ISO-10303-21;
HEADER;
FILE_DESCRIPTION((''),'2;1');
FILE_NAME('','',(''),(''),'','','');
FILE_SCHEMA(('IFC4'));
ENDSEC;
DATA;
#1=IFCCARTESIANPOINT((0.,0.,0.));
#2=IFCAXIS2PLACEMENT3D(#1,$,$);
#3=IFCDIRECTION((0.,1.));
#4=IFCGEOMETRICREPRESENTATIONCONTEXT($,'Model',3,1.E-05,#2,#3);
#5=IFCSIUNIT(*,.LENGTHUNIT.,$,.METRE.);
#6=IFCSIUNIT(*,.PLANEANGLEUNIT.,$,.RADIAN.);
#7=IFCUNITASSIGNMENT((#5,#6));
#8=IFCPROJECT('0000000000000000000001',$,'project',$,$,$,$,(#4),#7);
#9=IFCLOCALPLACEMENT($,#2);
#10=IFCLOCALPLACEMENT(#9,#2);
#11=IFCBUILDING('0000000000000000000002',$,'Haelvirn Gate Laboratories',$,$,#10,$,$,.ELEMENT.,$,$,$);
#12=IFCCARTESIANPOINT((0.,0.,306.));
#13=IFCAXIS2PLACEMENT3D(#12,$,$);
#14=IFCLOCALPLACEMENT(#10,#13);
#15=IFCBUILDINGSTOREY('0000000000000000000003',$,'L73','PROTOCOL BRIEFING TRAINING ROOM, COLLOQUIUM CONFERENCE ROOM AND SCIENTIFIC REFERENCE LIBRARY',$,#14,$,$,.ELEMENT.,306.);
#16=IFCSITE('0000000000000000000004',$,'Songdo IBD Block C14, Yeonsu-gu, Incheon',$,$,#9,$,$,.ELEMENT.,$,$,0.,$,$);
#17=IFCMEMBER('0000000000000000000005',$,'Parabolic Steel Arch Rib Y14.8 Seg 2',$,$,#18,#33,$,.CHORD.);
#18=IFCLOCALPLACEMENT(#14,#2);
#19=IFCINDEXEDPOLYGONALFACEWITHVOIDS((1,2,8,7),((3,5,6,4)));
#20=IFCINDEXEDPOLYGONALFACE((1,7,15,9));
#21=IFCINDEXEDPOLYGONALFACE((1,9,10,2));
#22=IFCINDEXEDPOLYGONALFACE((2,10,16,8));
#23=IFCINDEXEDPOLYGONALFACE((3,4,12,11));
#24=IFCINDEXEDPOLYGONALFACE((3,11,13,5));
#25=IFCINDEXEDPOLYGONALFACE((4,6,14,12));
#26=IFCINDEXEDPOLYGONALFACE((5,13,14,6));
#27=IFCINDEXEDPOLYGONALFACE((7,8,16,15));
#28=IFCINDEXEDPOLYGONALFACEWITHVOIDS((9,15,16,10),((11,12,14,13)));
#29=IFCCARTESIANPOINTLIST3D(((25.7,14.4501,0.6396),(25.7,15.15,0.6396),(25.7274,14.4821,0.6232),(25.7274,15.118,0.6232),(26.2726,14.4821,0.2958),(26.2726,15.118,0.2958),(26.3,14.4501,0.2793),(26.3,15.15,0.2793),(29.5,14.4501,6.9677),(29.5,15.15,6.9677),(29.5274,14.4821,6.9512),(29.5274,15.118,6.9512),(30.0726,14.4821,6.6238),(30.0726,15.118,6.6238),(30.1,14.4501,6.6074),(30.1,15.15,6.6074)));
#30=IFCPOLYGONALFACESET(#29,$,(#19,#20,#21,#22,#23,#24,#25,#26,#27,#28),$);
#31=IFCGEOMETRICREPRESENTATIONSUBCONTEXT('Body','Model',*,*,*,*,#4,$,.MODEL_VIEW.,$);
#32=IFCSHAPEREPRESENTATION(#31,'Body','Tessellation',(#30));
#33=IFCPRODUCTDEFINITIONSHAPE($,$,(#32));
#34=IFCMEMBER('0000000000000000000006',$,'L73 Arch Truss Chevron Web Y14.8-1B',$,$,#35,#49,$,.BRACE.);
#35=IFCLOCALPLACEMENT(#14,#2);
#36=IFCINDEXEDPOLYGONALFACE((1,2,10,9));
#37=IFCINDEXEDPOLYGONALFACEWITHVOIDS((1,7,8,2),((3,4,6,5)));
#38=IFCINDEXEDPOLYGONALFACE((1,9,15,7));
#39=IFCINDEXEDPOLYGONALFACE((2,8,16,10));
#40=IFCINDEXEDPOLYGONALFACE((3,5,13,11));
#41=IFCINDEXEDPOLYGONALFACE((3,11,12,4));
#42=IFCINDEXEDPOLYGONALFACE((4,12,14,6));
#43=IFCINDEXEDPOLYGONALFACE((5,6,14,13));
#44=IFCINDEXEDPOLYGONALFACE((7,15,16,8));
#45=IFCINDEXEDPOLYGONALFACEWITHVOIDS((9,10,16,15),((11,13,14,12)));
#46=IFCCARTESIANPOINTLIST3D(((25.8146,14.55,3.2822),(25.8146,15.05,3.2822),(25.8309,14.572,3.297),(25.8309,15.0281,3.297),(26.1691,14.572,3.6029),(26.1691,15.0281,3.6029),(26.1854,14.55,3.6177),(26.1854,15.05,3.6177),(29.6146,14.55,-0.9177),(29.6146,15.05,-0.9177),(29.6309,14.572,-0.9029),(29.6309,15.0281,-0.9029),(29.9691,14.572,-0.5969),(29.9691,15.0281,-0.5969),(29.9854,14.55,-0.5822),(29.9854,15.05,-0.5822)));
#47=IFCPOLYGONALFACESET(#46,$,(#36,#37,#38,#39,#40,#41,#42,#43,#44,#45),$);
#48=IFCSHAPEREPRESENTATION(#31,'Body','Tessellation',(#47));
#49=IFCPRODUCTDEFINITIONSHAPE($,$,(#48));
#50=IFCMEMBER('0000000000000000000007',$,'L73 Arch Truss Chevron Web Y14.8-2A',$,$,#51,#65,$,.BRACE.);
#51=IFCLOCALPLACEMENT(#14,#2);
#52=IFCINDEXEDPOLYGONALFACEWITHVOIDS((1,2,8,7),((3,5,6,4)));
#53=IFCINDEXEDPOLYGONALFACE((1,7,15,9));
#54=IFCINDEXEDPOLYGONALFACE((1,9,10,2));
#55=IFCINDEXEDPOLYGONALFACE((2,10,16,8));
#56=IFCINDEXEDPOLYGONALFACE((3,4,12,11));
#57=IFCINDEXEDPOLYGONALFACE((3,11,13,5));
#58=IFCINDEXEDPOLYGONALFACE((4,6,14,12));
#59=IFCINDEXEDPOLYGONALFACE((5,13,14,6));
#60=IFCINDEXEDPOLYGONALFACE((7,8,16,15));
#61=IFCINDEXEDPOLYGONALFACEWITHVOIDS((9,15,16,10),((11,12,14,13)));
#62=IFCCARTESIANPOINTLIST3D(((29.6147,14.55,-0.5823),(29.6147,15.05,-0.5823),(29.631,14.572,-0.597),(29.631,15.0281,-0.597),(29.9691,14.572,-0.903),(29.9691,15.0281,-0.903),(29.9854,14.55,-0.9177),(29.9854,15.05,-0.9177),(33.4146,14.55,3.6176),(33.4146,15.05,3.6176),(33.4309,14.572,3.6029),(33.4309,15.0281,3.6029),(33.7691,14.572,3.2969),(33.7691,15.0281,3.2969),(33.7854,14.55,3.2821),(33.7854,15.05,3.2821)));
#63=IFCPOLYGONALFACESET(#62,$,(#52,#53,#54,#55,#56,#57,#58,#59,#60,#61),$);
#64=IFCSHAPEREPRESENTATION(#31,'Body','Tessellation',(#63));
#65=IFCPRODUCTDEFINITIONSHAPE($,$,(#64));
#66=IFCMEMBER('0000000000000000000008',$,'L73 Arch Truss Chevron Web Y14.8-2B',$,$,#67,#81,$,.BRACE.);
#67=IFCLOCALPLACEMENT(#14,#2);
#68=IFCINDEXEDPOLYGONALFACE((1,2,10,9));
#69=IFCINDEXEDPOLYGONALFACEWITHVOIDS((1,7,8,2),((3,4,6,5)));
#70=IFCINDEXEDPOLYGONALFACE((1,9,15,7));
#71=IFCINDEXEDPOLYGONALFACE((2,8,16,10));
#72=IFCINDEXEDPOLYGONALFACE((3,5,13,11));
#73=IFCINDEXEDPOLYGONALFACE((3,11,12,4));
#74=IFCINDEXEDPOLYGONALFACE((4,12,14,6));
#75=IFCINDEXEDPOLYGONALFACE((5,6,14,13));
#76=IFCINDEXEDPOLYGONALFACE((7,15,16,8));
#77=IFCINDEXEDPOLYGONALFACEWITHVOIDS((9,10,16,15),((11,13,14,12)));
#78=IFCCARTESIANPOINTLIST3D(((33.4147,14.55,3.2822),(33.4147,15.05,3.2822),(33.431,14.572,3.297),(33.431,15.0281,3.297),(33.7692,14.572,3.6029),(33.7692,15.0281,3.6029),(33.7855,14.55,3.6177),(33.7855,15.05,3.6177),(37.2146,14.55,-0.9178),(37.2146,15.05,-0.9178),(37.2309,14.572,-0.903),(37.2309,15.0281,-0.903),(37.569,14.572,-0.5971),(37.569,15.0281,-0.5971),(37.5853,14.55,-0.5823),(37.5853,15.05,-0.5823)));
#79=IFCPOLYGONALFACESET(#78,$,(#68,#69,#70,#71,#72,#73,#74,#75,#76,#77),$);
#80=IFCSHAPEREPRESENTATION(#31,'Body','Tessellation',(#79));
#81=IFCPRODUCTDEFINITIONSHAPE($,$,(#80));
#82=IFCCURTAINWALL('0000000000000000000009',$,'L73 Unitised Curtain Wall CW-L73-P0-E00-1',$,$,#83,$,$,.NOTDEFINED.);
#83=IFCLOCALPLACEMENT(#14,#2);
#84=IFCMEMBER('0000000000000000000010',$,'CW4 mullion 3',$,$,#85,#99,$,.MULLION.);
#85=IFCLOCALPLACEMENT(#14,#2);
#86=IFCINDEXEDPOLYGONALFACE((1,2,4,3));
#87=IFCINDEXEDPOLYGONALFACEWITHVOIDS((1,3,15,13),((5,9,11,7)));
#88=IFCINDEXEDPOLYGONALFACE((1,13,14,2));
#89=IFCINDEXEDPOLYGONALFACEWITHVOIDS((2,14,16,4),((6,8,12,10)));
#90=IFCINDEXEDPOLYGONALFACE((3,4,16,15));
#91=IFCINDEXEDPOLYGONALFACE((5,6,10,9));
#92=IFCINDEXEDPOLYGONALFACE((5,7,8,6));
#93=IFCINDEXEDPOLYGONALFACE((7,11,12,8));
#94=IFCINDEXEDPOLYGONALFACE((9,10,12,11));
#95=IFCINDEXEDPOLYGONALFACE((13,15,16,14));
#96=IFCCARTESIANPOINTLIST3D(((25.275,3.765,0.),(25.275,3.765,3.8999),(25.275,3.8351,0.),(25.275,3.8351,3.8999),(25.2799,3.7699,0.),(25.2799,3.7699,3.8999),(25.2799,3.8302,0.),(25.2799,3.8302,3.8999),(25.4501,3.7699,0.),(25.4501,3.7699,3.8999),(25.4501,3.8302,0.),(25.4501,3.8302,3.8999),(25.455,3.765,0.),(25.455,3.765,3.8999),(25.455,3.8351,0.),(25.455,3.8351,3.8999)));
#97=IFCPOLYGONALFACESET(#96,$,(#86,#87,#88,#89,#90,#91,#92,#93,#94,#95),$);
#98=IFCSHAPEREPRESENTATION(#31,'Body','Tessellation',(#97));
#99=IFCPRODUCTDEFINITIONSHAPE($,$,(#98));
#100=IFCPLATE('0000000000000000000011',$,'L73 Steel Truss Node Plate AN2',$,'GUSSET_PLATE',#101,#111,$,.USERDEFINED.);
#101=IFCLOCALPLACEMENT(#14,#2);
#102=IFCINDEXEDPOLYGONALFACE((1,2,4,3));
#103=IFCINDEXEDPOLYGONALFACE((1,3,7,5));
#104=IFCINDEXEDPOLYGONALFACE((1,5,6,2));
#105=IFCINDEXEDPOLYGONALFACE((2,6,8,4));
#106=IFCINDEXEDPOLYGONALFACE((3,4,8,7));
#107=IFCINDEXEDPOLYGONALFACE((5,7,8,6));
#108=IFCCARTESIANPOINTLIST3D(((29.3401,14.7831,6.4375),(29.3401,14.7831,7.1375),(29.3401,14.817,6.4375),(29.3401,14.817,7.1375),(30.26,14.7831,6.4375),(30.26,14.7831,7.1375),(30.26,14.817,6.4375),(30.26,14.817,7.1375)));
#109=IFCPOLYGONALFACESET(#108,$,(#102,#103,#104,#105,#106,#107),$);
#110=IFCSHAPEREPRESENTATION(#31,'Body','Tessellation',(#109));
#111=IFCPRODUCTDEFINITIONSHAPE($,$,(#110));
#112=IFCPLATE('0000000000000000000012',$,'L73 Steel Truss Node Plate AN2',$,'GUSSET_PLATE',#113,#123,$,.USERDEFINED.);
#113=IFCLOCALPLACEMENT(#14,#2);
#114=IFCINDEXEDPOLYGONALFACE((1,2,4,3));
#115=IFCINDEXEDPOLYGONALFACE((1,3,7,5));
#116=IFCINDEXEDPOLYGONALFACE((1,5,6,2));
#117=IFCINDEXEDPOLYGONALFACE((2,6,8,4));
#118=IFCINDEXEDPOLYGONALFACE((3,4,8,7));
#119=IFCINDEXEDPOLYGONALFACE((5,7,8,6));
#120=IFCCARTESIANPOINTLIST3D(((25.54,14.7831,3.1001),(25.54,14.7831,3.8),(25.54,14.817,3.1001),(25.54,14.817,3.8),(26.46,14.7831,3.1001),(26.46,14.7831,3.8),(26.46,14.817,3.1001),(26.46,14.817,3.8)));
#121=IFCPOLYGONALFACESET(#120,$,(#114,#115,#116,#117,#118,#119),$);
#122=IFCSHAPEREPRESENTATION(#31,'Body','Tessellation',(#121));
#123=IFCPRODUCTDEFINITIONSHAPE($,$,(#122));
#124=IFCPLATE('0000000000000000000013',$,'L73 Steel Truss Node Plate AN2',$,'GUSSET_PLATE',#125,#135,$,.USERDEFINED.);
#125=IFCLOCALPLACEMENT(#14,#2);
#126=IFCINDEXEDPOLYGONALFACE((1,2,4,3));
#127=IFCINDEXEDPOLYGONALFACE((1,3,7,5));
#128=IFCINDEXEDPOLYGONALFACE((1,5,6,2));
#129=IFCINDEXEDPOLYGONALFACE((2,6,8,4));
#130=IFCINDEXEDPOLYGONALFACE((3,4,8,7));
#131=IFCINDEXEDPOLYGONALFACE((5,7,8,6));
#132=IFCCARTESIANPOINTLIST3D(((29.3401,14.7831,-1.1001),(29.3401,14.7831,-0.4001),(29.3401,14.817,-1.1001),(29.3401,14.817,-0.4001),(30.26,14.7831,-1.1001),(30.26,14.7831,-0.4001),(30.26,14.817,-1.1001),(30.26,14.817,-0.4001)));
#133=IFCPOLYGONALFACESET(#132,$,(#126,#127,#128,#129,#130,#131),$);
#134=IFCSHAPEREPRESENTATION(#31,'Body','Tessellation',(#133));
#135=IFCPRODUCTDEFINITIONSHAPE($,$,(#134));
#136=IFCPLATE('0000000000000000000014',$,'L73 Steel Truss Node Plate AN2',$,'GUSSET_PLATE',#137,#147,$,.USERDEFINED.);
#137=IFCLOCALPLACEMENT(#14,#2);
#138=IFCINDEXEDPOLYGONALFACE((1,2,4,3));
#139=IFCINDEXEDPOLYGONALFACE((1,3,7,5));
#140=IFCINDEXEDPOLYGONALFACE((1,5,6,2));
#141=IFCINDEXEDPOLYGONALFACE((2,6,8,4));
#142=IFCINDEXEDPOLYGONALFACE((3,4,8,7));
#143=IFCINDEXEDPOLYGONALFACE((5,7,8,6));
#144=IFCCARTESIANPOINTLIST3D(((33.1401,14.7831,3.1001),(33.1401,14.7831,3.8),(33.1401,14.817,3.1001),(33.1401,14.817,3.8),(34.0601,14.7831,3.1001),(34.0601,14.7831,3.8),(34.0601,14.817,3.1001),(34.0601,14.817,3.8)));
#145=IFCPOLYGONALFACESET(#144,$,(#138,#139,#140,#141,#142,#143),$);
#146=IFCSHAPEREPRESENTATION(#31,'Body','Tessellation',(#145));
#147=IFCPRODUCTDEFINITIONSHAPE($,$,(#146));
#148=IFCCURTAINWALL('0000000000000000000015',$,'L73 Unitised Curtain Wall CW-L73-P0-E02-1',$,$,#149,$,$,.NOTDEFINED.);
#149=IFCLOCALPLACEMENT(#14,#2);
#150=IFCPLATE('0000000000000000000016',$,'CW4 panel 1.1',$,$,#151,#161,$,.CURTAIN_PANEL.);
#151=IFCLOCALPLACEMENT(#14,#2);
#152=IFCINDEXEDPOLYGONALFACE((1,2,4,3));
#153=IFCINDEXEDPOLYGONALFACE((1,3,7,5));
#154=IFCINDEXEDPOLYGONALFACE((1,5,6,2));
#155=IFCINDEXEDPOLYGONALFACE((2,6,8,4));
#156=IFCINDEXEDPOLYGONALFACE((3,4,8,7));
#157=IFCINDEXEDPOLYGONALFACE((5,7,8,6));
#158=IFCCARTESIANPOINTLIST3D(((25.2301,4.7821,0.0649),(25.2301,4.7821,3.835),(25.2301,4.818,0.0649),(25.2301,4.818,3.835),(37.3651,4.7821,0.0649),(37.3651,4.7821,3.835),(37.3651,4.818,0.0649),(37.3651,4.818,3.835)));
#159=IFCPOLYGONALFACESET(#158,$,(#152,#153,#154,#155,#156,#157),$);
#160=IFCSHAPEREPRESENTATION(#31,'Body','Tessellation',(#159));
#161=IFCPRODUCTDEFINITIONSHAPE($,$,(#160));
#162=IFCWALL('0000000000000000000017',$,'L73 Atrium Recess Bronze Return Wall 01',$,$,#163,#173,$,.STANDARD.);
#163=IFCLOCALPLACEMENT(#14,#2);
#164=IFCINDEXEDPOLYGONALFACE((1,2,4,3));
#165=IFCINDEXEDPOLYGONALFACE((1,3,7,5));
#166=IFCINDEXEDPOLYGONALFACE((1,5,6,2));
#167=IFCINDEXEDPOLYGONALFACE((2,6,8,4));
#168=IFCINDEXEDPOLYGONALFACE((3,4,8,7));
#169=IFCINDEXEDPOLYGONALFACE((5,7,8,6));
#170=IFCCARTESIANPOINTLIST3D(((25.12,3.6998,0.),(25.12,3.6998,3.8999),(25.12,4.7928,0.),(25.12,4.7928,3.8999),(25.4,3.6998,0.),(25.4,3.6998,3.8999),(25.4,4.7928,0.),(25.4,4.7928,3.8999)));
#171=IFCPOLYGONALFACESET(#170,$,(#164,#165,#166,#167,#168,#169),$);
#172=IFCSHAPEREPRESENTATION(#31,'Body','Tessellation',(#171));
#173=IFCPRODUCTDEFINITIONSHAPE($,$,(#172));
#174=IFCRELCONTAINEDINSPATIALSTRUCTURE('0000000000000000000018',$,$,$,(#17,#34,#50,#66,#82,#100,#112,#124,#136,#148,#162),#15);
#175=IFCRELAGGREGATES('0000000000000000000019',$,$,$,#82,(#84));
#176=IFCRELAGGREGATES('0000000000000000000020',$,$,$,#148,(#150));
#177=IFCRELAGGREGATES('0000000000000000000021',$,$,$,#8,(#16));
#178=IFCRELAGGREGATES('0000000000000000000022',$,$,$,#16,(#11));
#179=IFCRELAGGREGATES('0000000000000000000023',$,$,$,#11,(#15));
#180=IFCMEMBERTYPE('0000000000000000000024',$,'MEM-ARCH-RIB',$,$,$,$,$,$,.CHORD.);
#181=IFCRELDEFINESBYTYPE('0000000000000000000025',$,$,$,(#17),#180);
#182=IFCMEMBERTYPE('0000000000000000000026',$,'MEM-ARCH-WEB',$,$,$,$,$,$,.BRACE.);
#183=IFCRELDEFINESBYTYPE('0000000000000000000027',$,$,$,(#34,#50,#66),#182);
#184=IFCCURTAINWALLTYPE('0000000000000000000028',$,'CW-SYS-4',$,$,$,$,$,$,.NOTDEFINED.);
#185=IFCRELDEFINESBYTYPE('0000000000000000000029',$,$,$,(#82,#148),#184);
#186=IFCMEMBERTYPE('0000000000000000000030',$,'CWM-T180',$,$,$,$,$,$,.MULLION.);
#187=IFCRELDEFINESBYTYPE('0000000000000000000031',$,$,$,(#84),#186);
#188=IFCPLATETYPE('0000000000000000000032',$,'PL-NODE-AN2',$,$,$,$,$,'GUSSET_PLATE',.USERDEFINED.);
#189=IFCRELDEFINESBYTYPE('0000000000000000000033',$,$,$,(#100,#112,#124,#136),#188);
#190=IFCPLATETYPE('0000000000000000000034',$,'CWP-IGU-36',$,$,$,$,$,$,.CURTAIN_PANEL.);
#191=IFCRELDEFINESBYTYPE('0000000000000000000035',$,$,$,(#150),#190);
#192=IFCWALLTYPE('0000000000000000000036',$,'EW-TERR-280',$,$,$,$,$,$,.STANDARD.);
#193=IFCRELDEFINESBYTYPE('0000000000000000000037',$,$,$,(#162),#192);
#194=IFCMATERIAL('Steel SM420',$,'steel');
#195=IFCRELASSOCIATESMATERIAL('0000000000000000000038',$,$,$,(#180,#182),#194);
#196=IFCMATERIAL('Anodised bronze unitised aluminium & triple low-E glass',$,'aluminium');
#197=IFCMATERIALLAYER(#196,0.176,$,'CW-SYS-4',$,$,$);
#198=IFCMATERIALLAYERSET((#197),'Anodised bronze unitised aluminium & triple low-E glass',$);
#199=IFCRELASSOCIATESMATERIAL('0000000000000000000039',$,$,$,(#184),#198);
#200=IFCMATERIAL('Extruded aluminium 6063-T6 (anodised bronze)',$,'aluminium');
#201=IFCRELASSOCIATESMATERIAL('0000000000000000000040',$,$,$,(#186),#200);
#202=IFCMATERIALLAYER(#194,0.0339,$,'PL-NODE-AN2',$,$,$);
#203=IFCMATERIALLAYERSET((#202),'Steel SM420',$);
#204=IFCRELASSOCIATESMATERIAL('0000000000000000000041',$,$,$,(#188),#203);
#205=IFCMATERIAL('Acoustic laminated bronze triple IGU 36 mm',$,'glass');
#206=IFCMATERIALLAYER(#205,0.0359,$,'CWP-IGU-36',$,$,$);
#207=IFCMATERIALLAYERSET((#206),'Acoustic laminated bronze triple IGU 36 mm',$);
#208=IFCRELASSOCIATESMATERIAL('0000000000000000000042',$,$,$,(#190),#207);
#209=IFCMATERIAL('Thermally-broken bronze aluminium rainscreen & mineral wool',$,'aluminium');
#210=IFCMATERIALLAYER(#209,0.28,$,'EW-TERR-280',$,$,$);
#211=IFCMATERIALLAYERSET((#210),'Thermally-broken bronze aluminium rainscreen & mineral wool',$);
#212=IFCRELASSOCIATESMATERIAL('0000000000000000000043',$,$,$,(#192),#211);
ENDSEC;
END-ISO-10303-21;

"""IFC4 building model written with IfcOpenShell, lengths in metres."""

from ifc_helpers import new_model, si_unit, direction, frame, frame_2d, origin, origin_2d, place, context, subcontext, project, spatial, rectangle, hollow_rectangle, extrude, source, transform, mapped, material, layer, layer_set, material_profile, profile_set, type_object, type_shapes, element, aggregate, save


model = new_model("IFC4")

# Units and contexts
model_context = context("Model", 3, precision=1e-05, world=origin(), true_north=direction((0.0, 1.0)))
body_context = subcontext(model_context, "Body", "Model", "MODEL_VIEW")
ifc_project = project(units=[si_unit("LENGTHUNIT", "METRE"), si_unit("PLANEANGLEUNIT", "RADIAN")], contexts=[model_context])

# Site, building, storey
site_placement = place(None, origin())
site = spatial("IfcSite", under=ifc_project, at=site_placement, Name="Songdo IBD Block C14, Yeonsu-gu, Incheon", CompositionType="ELEMENT", RefElevation=0.0)
building_placement = place(site_placement, origin())
building = spatial("IfcBuilding", under=site, at=building_placement, Name="Haelvirn Gate Laboratories", CompositionType="ELEMENT")
storey_placement = place(building_placement, frame((0.0, 0.0, 306.0)))
storey = spatial("IfcBuildingStorey", under=building, at=storey_placement, Name="L73", Description="PROTOCOL BRIEFING TRAINING ROOM, COLLOQUIUM CONFERENCE ROOM AND SCIENTIFIC REFERENCE LIBRARY", CompositionType="ELEMENT", Elevation=306.0)

# Shared definitions
ifc_material_1 = material(Name="Steel SM420", Category="steel")

# Members
ifc_material_profile_1 = material_profile(ifc_material_1, hollow_rectangle(XDim=0.7, YDim=0.7, WallThickness=0.032, at=origin_2d()), Name="BOX-700x700x32")
ifc_profile_set_1 = profile_set([ifc_material_profile_1], Name="Steel SM420")
member_type_1 = type_object("IfcMemberType", Name="MEM-ARCH-RIB", PredefinedType="CHORD", material=ifc_profile_set_1)
shared_shape_1 = source(origin(), body_context, "Body", "SweptSolid", [
    extrude(hollow_rectangle(XDim=0.7, YDim=0.7, WallThickness=0.032, at=origin_2d()), origin(), (0.0, 0.0, 1.0), 7.3813),
])
type_shapes(member_type_1, [shared_shape_1])
member_1_placement = place(storey_placement, frame((26.0, 14.8, 0.4595), z_axis=(0.514812, 0.0, 0.857303), x_axis=(0.0, 1.0, 0.0)))
element("IfcMember", 1, at=member_1_placement, inside=storey, type_object=member_type_1, Name="Parabolic Steel Arch Rib Y14.8 Seg 2", PredefinedType="CHORD", context=body_context, shape_type="MappedRepresentation", body=[
    mapped(shared_shape_1, transform((0.0, 0.0, 0.0), scale=1.0)),
])
ifc_material_profile_2 = material_profile(ifc_material_1, hollow_rectangle(XDim=0.5, YDim=0.5, WallThickness=0.022, at=origin_2d()), Name="BOX-500x500x22")
ifc_profile_set_2 = profile_set([ifc_material_profile_2], Name="Steel SM420")
member_type_2 = type_object("IfcMemberType", Name="MEM-ARCH-WEB", PredefinedType="BRACE", material=ifc_profile_set_2)
shared_shape_2 = source(origin(), body_context, "Body", "SweptSolid", [
    extrude(hollow_rectangle(XDim=0.5, YDim=0.5, WallThickness=0.022, at=origin_2d()), origin(), (0.0, 0.0, 1.0), 5.6638),
])
type_shapes(member_type_2, [shared_shape_2])
for number, where, z_axis, x_axis, name in (
    (2, (26.0, 14.8, 3.45), (0.670922, 0.0, -0.741528), (0.0, 1.0, 0.0), "L73 Arch Truss Chevron Web Y14.8-1B"),
    (3, (29.8, 14.8, -0.75), (0.670922, 0.0, 0.741528), (0.0, 1.0, 0.0), "L73 Arch Truss Chevron Web Y14.8-2A"),
    (4, (33.6001, 14.8, 3.45), (0.670899, 0.0, -0.741549), (0.0, 1.0, 0.0), "L73 Arch Truss Chevron Web Y14.8-2B"),
):
    element("IfcMember", number, at=place(storey_placement, frame(where, z_axis=z_axis, x_axis=x_axis)), inside=storey, type_object=member_type_2, Name=name, PredefinedType="BRACE", context=body_context, shape_type="MappedRepresentation", body=[
        mapped(shared_shape_2, transform((0.0, 0.0, 0.0), scale=1.0)),
    ])

# Curtain wall, member
ifc_material_2 = material(Name="Anodised bronze unitised aluminium & triple low-E glass", Category="aluminium")
ifc_layer_1 = layer(ifc_material_2, 0.176, Name="CW-SYS-4")
ifc_layer_set_1 = layer_set([ifc_layer_1], Name="Anodised bronze unitised aluminium & triple low-E glass")
curtain_wall_type = type_object("IfcCurtainWallType", Name="CW-SYS-4", PredefinedType="NOTDEFINED", material=ifc_layer_set_1)
curtain_wall_1_placement = place(storey_placement, origin())
curtain_wall_1 = element("IfcCurtainWall", 5, at=curtain_wall_1_placement, inside=storey, type_object=curtain_wall_type, Name="L73 Unitised Curtain Wall CW-L73-P0-E00-1", PredefinedType="NOTDEFINED")
ifc_material_3 = material(Name="Extruded aluminium 6063-T6 (anodised bronze)", Category="aluminium")
ifc_material_profile_3 = material_profile(ifc_material_3, hollow_rectangle(XDim=0.0701, YDim=0.1799, WallThickness=0.0049, at=origin_2d()), Name="CWM-180x70x5")
ifc_profile_set_3 = profile_set([ifc_material_profile_3], Name="Extruded aluminium 6063-T6 (anodised bronze)")
member_type_3 = type_object("IfcMemberType", Name="CWM-T180", PredefinedType="MULLION", material=ifc_profile_set_3)
shared_shape_3 = source(origin(), body_context, "Body", "SweptSolid", [
    extrude(hollow_rectangle(XDim=0.0701, YDim=0.1799, WallThickness=0.0049, at=origin_2d()), origin(), (0.0, 0.0, 1.0), 3.8999),
])
type_shapes(member_type_3, [shared_shape_3])
member_2_placement = place(storey_placement, frame((25.365, 3.8, 0.0), z_axis=(0.0, 0.0, 1.0), x_axis=(0.0, 1.0, 0.0)))
member_2 = element("IfcMember", 6, at=member_2_placement, type_object=member_type_3, Name="CW4 mullion 3", PredefinedType="MULLION", context=body_context, shape_type="MappedRepresentation", body=[
    mapped(shared_shape_3, transform((0.0, 0.0, 0.0), scale=1.0)),
])
aggregate(curtain_wall_1, [member_2])

# Plates
ifc_layer_2 = layer(ifc_material_1, 0.0339, Name="PL-NODE-AN2")
ifc_layer_set_2 = layer_set([ifc_layer_2], Name="Steel SM420")
plate_type_1 = type_object("IfcPlateType", Name="PL-NODE-AN2", ElementType="GUSSET_PLATE", PredefinedType="USERDEFINED", material=ifc_layer_set_2)
shared_shape_4 = source(origin(), body_context, "Body", "SweptSolid", [
    extrude(rectangle(XDim=0.9199, YDim=0.0339, at=origin_2d()), origin(), (0.0, 0.0, 1.0), 0.7),
])
type_shapes(plate_type_1, [shared_shape_4])
for number, where, z_axis, x_axis, name in (
    (7, (29.8, 14.8, 6.4375), (0.0, 0.0, 1.0), (1.0, 0.0, 0.0), "L73 Steel Truss Node Plate AN2"),
    (8, (26.0, 14.8, 3.1001), (0.0, 0.0, 1.0), (1.0, 0.0, 0.0), "L73 Steel Truss Node Plate AN2"),
    (9, (29.8, 14.8, -1.1001), (0.0, 0.0, 1.0), (1.0, 0.0, 0.0), "L73 Steel Truss Node Plate AN2"),
    (10, (33.6001, 14.8, 3.1001), (0.0, 0.0, 1.0), (1.0, 0.0, 0.0), "L73 Steel Truss Node Plate AN2"),
):
    element("IfcPlate", number, at=place(storey_placement, frame(where, z_axis=z_axis, x_axis=x_axis)), inside=storey, type_object=plate_type_1, Name=name, ObjectType="GUSSET_PLATE", PredefinedType="USERDEFINED", context=body_context, shape_type="MappedRepresentation", body=[
        mapped(shared_shape_4, transform((0.0, 0.0, 0.0), scale=1.0)),
    ])

# Curtain wall, plate
curtain_wall_2_placement = place(storey_placement, origin())
curtain_wall_2 = element("IfcCurtainWall", 11, at=curtain_wall_2_placement, inside=storey, type_object=curtain_wall_type, Name="L73 Unitised Curtain Wall CW-L73-P0-E02-1", PredefinedType="NOTDEFINED")
ifc_material_4 = material(Name="Acoustic laminated bronze triple IGU 36 mm", Category="glass")
ifc_layer_3 = layer(ifc_material_4, 0.0359, Name="CWP-IGU-36")
ifc_layer_set_3 = layer_set([ifc_layer_3], Name="Acoustic laminated bronze triple IGU 36 mm")
plate_type_2 = type_object("IfcPlateType", Name="CWP-IGU-36", PredefinedType="CURTAIN_PANEL", material=ifc_layer_set_3)
shared_shape_5 = source(origin(), body_context, "Body", "SweptSolid", [
    extrude(rectangle(XDim=12.135, YDim=0.0359, at=origin_2d()), origin(), (0.0, 0.0, 1.0), 3.77),
])
type_shapes(plate_type_2, [shared_shape_5])
plate_placement = place(storey_placement, frame((31.2976, 4.8, 0.0649), z_axis=(0.0, 0.0, 1.0), x_axis=(1.0, 0.0, 0.0)))
plate = element("IfcPlate", 12, at=plate_placement, type_object=plate_type_2, Name="CW4 panel 1.1", PredefinedType="CURTAIN_PANEL", context=body_context, shape_type="MappedRepresentation", body=[
    mapped(shared_shape_5, transform((0.0, 0.0, 0.0), scale=1.0)),
])
aggregate(curtain_wall_2, [plate])

# Wall
ifc_material_5 = material(Name="Thermally-broken bronze aluminium rainscreen & mineral wool", Category="aluminium")
ifc_layer_4 = layer(ifc_material_5, 0.28, Name="EW-TERR-280")
ifc_layer_set_4 = layer_set([ifc_layer_4], Name="Thermally-broken bronze aluminium rainscreen & mineral wool")
wall_type_1 = type_object("IfcWallType", Name="EW-TERR-280", PredefinedType="STANDARD", material=ifc_layer_set_4)
wall_1_placement = place(storey_placement, frame((25.26, 3.7, 0.0), z_axis=(0.0, 0.0, 1.0), x_axis=(0.0, 1.0, 0.0)))
element("IfcWall", 13, at=wall_1_placement, inside=storey, type_object=wall_type_1, Name="L73 Atrium Recess Bronze Return Wall 01", PredefinedType="STANDARD", context=body_context, shape_type="SweptSolid", body=[
    extrude(rectangle(XDim=1.093, YDim=0.28, at=frame_2d((0.5464, 0.0))), origin(), (0.0, 0.0, 1.0), 3.8999),
])

save(model, "model.ifc")
